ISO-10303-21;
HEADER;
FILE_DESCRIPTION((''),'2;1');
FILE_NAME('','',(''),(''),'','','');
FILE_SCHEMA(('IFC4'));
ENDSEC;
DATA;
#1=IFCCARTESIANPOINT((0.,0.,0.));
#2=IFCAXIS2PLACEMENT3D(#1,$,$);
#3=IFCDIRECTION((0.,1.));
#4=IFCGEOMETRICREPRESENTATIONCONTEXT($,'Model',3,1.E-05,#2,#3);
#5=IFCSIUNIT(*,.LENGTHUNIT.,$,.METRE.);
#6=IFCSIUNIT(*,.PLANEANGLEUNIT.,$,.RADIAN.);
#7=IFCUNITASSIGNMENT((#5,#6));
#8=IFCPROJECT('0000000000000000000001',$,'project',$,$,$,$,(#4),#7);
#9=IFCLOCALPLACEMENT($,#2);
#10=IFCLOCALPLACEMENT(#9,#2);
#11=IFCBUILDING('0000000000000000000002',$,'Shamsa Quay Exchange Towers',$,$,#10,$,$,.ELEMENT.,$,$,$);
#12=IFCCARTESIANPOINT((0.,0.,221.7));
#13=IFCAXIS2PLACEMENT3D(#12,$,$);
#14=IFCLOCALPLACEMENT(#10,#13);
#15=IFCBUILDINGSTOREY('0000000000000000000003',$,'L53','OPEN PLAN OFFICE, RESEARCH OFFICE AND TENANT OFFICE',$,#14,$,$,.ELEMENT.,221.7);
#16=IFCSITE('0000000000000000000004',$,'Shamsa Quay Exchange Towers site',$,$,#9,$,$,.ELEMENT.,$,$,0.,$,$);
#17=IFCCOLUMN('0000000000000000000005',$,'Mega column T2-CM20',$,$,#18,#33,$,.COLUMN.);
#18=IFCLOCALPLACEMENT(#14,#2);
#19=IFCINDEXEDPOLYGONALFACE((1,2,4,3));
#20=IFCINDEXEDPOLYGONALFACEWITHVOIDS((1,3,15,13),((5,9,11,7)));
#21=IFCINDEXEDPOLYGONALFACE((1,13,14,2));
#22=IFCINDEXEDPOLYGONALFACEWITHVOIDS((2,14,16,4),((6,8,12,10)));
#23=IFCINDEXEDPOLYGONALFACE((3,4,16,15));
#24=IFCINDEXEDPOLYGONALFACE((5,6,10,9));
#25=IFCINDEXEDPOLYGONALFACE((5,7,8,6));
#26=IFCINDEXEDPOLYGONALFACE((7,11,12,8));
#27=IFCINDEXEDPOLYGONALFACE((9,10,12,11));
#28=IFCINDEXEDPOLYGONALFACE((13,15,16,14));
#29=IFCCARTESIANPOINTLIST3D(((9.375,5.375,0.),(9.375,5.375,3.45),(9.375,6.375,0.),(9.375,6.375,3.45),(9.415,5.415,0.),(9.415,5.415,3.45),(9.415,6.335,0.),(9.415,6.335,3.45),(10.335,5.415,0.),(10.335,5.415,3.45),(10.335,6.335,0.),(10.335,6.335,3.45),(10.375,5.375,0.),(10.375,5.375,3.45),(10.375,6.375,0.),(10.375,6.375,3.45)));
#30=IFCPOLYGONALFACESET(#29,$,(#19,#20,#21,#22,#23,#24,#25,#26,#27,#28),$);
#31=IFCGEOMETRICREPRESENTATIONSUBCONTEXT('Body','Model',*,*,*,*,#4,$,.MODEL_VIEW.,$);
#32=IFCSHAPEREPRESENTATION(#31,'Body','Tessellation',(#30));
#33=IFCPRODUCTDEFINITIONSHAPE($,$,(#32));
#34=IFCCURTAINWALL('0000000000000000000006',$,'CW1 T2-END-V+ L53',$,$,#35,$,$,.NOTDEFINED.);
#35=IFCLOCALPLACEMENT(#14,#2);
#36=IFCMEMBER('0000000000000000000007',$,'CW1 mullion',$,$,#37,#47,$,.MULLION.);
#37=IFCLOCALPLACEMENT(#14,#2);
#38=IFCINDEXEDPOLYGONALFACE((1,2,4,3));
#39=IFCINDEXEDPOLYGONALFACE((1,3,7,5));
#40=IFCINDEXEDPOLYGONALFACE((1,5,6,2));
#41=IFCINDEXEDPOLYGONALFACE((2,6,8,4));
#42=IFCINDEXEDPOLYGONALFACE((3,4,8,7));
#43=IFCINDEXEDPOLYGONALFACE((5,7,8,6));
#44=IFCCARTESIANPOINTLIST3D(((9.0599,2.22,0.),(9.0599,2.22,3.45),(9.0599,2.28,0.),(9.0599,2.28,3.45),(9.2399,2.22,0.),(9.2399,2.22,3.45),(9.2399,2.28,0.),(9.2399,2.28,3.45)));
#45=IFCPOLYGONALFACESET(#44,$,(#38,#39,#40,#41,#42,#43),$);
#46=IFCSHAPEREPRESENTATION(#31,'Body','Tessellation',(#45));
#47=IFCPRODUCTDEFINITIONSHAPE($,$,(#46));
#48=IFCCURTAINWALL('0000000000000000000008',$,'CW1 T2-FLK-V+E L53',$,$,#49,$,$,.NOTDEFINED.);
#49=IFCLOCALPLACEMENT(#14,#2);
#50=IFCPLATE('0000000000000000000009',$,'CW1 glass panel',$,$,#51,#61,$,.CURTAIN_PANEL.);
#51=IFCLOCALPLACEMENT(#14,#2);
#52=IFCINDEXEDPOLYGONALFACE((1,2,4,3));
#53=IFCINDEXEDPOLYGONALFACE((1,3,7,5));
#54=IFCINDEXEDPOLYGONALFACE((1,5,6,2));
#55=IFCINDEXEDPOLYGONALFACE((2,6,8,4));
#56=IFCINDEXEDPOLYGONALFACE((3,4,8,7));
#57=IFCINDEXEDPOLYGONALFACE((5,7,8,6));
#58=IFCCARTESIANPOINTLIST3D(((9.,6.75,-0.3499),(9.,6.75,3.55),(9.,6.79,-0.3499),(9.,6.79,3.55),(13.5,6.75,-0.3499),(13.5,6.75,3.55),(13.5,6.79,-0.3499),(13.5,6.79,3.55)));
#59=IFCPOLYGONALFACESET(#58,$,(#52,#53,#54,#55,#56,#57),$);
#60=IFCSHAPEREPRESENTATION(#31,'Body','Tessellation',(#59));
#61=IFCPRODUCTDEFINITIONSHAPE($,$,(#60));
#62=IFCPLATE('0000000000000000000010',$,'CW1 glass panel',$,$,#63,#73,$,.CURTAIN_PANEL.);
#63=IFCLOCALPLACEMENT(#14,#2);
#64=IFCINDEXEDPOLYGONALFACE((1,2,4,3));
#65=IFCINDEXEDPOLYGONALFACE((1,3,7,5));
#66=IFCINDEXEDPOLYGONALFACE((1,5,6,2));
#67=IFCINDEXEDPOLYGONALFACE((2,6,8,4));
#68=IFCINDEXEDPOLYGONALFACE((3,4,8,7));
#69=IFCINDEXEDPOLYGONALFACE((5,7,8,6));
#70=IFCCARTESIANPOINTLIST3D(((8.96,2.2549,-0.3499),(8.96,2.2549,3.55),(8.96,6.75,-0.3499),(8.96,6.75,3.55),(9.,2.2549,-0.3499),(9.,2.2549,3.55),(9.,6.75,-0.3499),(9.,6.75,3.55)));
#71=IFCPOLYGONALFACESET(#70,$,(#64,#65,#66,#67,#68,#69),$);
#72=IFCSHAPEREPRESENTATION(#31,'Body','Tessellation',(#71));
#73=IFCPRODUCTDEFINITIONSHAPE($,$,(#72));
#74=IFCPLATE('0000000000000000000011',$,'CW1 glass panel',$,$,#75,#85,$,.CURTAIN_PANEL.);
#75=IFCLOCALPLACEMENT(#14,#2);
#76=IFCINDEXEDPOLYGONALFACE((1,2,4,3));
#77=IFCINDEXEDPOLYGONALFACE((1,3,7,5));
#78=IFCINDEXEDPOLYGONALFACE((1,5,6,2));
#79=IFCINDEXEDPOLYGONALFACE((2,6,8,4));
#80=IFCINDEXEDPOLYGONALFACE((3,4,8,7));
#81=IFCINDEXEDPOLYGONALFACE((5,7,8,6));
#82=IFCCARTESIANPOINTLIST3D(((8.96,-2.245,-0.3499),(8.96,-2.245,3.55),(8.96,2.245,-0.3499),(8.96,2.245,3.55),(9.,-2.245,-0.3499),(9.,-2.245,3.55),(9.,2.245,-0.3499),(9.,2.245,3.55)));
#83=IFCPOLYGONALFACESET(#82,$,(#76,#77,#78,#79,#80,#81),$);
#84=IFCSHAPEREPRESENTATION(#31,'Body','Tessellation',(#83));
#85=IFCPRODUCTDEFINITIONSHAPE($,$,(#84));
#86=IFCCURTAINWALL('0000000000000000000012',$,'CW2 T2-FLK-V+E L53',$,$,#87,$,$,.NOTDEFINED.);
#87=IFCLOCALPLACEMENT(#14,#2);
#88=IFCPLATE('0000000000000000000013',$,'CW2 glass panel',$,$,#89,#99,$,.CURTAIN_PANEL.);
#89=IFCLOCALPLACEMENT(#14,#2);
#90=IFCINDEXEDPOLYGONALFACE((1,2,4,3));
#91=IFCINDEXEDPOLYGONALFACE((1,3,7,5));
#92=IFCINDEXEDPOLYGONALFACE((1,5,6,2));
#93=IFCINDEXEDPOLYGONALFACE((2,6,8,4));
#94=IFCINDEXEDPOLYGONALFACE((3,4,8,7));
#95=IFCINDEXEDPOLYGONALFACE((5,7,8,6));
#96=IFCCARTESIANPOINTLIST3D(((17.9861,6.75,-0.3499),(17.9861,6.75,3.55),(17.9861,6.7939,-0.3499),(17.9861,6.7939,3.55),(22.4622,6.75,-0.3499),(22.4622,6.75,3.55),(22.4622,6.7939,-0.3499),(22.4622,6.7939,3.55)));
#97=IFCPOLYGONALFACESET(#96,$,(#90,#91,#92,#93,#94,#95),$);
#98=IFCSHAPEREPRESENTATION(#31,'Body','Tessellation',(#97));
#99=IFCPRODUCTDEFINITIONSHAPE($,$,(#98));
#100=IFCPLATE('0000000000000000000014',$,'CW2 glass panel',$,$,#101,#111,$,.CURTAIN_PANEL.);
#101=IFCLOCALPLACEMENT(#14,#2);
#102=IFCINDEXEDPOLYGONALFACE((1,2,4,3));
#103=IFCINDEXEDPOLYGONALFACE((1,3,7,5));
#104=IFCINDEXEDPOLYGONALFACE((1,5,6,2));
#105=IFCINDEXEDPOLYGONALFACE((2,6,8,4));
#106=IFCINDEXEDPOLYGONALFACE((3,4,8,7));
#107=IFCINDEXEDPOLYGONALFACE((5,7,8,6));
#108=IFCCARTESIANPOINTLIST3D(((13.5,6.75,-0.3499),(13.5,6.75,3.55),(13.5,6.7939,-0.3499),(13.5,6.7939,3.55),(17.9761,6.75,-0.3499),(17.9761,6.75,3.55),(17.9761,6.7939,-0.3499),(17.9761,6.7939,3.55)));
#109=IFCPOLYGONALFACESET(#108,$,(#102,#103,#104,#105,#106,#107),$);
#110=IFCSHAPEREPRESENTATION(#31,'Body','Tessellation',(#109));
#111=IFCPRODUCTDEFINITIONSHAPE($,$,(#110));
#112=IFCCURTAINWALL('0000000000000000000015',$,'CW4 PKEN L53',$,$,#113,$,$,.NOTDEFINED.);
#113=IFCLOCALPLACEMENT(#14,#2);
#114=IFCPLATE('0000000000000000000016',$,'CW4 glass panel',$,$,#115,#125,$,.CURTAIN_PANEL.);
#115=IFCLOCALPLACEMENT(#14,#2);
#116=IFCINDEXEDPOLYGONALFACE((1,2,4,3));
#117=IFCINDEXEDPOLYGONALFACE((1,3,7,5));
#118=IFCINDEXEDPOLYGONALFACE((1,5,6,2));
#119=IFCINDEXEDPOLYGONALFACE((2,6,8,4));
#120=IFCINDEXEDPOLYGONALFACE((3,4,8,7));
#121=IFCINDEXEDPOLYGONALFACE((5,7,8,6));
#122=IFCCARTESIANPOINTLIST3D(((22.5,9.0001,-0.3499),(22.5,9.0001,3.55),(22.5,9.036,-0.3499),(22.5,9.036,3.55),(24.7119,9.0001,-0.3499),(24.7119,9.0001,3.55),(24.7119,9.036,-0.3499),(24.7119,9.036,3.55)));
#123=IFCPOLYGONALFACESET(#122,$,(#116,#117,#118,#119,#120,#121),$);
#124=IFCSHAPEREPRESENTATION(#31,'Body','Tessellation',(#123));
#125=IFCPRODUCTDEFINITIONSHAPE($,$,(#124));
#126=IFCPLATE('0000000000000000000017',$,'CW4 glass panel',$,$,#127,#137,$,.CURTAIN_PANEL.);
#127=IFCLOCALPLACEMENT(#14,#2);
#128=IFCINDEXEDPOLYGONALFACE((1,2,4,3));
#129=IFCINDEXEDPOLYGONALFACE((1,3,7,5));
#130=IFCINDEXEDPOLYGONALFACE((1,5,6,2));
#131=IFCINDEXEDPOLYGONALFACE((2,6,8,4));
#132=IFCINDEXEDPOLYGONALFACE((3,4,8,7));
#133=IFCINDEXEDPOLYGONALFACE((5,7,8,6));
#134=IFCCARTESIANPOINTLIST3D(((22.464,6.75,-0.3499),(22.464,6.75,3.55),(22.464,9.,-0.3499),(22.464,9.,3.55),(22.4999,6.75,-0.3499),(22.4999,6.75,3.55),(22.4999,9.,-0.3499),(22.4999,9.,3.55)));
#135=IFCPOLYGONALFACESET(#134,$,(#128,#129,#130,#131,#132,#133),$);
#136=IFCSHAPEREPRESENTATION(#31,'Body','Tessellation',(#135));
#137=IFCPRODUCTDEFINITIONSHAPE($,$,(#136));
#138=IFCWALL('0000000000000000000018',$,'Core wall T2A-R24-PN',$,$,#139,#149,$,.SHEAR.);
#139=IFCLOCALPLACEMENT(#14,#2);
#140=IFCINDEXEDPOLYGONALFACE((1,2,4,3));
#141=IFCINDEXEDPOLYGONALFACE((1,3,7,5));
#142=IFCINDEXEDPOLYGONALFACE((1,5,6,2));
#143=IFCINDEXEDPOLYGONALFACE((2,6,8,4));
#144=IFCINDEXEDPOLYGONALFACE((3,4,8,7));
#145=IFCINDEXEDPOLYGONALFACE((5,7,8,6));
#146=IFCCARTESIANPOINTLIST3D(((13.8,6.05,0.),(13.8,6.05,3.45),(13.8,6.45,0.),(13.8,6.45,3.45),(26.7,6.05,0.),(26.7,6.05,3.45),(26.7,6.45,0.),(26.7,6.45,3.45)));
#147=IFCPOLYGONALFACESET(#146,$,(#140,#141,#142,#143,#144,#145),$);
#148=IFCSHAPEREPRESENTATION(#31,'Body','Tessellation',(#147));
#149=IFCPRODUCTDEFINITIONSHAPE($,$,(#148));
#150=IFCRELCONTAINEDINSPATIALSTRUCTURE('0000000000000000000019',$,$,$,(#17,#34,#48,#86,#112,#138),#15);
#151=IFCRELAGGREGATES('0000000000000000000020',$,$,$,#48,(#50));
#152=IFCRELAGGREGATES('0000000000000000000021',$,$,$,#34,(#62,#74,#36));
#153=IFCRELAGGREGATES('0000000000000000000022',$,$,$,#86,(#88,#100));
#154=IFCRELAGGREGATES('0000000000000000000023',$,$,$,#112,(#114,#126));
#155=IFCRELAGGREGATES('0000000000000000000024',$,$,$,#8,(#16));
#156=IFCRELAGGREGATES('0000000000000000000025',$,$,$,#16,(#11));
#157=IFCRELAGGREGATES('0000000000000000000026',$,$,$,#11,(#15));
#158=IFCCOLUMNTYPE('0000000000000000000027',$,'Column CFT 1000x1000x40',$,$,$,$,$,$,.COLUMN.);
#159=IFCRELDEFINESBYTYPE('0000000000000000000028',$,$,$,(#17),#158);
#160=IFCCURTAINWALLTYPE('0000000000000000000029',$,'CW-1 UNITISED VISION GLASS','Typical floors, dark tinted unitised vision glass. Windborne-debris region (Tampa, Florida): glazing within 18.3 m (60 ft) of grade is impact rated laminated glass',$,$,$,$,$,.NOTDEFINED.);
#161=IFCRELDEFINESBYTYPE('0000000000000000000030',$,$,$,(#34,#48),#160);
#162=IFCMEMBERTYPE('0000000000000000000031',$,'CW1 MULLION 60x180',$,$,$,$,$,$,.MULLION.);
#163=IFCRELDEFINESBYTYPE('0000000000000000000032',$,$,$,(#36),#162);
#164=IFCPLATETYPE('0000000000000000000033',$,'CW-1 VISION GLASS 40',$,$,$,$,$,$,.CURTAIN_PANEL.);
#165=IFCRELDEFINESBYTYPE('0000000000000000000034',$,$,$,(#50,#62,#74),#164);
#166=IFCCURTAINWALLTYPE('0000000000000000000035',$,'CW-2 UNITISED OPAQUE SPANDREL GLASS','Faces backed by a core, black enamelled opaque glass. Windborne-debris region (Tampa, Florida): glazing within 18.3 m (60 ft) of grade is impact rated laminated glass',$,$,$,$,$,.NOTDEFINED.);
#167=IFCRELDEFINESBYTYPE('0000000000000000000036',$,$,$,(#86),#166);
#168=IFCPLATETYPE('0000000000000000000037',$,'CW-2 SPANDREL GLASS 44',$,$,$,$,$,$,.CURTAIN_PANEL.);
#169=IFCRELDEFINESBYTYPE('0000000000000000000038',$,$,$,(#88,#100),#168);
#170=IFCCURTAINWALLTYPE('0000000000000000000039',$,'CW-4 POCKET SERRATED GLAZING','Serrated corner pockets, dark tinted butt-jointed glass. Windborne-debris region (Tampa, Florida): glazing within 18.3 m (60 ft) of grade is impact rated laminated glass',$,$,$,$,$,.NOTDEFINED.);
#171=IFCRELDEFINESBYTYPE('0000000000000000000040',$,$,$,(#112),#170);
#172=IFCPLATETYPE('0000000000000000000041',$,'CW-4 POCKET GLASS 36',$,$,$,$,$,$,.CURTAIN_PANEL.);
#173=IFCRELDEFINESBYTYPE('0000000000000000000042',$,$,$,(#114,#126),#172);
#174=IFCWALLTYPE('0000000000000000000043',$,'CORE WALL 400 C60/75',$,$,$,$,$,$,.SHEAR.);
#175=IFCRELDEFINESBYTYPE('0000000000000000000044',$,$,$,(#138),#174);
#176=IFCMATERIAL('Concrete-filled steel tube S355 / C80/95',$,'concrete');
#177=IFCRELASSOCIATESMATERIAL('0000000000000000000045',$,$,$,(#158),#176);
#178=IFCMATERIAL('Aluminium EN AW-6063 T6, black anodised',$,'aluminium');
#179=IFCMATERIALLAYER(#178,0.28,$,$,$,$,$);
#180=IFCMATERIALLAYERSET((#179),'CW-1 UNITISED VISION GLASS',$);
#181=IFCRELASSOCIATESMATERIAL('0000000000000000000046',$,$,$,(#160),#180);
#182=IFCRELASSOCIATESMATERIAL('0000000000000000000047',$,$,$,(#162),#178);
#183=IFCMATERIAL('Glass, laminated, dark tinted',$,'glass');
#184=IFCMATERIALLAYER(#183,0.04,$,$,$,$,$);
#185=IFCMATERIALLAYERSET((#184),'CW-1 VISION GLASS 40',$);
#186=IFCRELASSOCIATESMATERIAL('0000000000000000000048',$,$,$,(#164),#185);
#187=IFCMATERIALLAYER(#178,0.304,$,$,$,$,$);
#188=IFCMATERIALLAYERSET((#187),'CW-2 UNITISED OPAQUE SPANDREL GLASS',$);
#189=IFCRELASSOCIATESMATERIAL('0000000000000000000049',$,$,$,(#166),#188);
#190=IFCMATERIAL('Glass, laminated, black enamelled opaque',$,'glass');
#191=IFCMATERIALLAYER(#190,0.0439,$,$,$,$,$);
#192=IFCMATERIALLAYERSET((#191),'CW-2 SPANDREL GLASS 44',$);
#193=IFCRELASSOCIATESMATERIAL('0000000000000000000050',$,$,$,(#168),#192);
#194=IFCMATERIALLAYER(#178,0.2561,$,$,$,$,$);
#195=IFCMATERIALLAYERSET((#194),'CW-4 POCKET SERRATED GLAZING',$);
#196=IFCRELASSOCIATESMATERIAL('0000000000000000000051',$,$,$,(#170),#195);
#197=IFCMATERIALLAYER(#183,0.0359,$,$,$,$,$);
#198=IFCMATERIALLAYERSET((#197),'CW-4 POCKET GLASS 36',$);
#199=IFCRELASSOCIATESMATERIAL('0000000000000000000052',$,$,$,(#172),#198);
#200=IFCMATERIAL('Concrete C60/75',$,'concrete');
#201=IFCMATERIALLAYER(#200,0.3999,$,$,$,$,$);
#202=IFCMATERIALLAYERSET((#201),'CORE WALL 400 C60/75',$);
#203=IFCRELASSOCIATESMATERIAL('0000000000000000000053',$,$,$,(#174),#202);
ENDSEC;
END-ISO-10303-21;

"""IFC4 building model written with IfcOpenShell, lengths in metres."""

from ifc_helpers import new_model, si_unit, direction, frame, frame_2d, origin, origin_2d, place, context, subcontext, project, spatial, rectangle, hollow_rectangle, extrude, material, layer, layer_set, material_profile, profile_set, type_object, element, aggregate, save


model = new_model("IFC4")

# Units and contexts
model_context = context("Model", 3, precision=1e-05, world=origin(), true_north=direction((0.0, 1.0)))
body_context = subcontext(model_context, "Body", "Model", "MODEL_VIEW")
ifc_project = project(units=[si_unit("LENGTHUNIT", "METRE"), si_unit("PLANEANGLEUNIT", "RADIAN")], contexts=[model_context])

# Site, building, storey
site_placement = place(None, origin())
site = spatial("IfcSite", under=ifc_project, at=site_placement, Name="Shamsa Quay Exchange Towers site", CompositionType="ELEMENT", RefElevation=0.0)
building_placement = place(site_placement, origin())
building = spatial("IfcBuilding", under=site, at=building_placement, Name="Shamsa Quay Exchange Towers", CompositionType="ELEMENT")
storey_placement = place(building_placement, frame((0.0, 0.0, 221.7)))
storey = spatial("IfcBuildingStorey", under=building, at=storey_placement, Name="L53", Description="OPEN PLAN OFFICE, RESEARCH OFFICE AND TENANT OFFICE", CompositionType="ELEMENT", Elevation=221.7)

# Column
ifc_material_1 = material(Name="Concrete-filled steel tube S355 / C80/95", Category="concrete")
ifc_material_profile_1 = material_profile(ifc_material_1, hollow_rectangle(XDim=1.0, YDim=1.0, WallThickness=0.04, at=origin_2d()), Name="CFT 1000x1000x40")
ifc_profile_set_1 = profile_set([ifc_material_profile_1], Name="Concrete-filled steel tube S355 / C80/95")
column_type = type_object("IfcColumnType", Name="Column CFT 1000x1000x40", PredefinedType="COLUMN", material=ifc_profile_set_1)
column_placement = place(storey_placement, frame((9.875, 5.875, 0.0)))
element("IfcColumn", 1, at=column_placement, inside=storey, type_object=column_type, Name="Mega column T2-CM20", PredefinedType="COLUMN", context=body_context, shape_type="SweptSolid", body=[
    extrude(hollow_rectangle(XDim=1.0, YDim=1.0, WallThickness=0.04, at=origin_2d()), origin(), (0.0, 0.0, 1.0), 3.45),
])

# Curtain wall, member
ifc_material_2 = material(Name="Aluminium EN AW-6063 T6, black anodised", Category="aluminium")
ifc_layer_1 = layer(ifc_material_2, 0.28)
ifc_layer_set_1 = layer_set([ifc_layer_1], Name="CW-1 UNITISED VISION GLASS")
curtain_wall_type_1 = type_object("IfcCurtainWallType", Name="CW-1 UNITISED VISION GLASS", Description="Typical floors, dark tinted unitised vision glass. Windborne-debris region (Tampa, Florida): glazing within 18.3 m (60 ft) of grade is impact rated laminated glass", PredefinedType="NOTDEFINED", material=ifc_layer_set_1)
curtain_wall_1_placement = place(storey_placement, origin())
curtain_wall_1 = element("IfcCurtainWall", 2, at=curtain_wall_1_placement, inside=storey, type_object=curtain_wall_type_1, Name="CW1 T2-END-V+ L53", PredefinedType="NOTDEFINED")
ifc_material_profile_2 = material_profile(ifc_material_2, rectangle(XDim=0.1799, YDim=0.0601, at=origin_2d()), Name="MU60x180")
ifc_profile_set_2 = profile_set([ifc_material_profile_2], Name="Aluminium EN AW-6063 T6, black anodised")
member_type = type_object("IfcMemberType", Name="CW1 MULLION 60x180", PredefinedType="MULLION", material=ifc_profile_set_2)
member_placement = place(storey_placement, frame((9.1499, 2.25, 0.0)))
member = element("IfcMember", 3, at=member_placement, type_object=member_type, Name="CW1 mullion", PredefinedType="MULLION", context=body_context, shape_type="SweptSolid", body=[
    extrude(rectangle(XDim=0.1799, YDim=0.0601, at=origin_2d()), origin(), (0.0, 0.0, 1.0), 3.45),
])

# Curtain wall, plate
curtain_wall_2_placement = place(storey_placement, origin())
curtain_wall_2 = element("IfcCurtainWall", 4, at=curtain_wall_2_placement, inside=storey, type_object=curtain_wall_type_1, Name="CW1 T2-FLK-V+E L53", PredefinedType="NOTDEFINED")
ifc_material_3 = material(Name="Glass, laminated, dark tinted", Category="glass")
ifc_layer_2 = layer(ifc_material_3, 0.04)
ifc_layer_set_2 = layer_set([ifc_layer_2], Name="CW-1 VISION GLASS 40")
plate_type_1 = type_object("IfcPlateType", Name="CW-1 VISION GLASS 40", PredefinedType="CURTAIN_PANEL", material=ifc_layer_set_2)
plate_1_placement = place(storey_placement, frame((11.25, 6.77, -0.3499), z_axis=(0.0, 0.0, 1.0), x_axis=(-1.0, 0.0, 0.0)))
plate_1 = element("IfcPlate", 5, at=plate_1_placement, type_object=plate_type_1, Name="CW1 glass panel", PredefinedType="CURTAIN_PANEL", context=body_context, shape_type="SweptSolid", body=[
    extrude(rectangle(XDim=4.5, YDim=0.04, at=origin_2d()), origin(), (0.0, 0.0, 1.0), 3.8999),
])
aggregate(curtain_wall_2, [plate_1])

# Plates
plate_2_placement = place(storey_placement, frame((8.98, 4.5024, -0.3499), z_axis=(0.0, 0.0, 1.0), x_axis=(0.0, -1.0, 0.0)))
plate_2 = element("IfcPlate", 6, at=plate_2_placement, type_object=plate_type_1, Name="CW1 glass panel", PredefinedType="CURTAIN_PANEL", context=body_context, shape_type="SweptSolid", body=[
    extrude(rectangle(XDim=4.4951, YDim=0.04, at=origin_2d()), origin(), (0.0, 0.0, 1.0), 3.8999),
])
plate_3_placement = place(storey_placement, frame((8.98, 0.0, -0.3499), z_axis=(0.0, 0.0, 1.0), x_axis=(0.0, -1.0, 0.0)))
plate_3 = element("IfcPlate", 7, at=plate_3_placement, type_object=plate_type_1, Name="CW1 glass panel", PredefinedType="CURTAIN_PANEL", context=body_context, shape_type="SweptSolid", body=[
    extrude(rectangle(XDim=4.49, YDim=0.04, at=origin_2d()), origin(), (0.0, 0.0, 1.0), 3.8999),
])
aggregate(curtain_wall_1, [plate_2, plate_3, member])

# Curtain walls, plates
ifc_layer_3 = layer(ifc_material_2, 0.304)
ifc_layer_set_3 = layer_set([ifc_layer_3], Name="CW-2 UNITISED OPAQUE SPANDREL GLASS")
curtain_wall_type_2 = type_object("IfcCurtainWallType", Name="CW-2 UNITISED OPAQUE SPANDREL GLASS", Description="Faces backed by a core, black enamelled opaque glass. Windborne-debris region (Tampa, Florida): glazing within 18.3 m (60 ft) of grade is impact rated laminated glass", PredefinedType="NOTDEFINED", material=ifc_layer_set_3)
curtain_wall_3_placement = place(storey_placement, origin())
curtain_wall_3 = element("IfcCurtainWall", 8, at=curtain_wall_3_placement, inside=storey, type_object=curtain_wall_type_2, Name="CW2 T2-FLK-V+E L53", PredefinedType="NOTDEFINED")
ifc_material_4 = material(Name="Glass, laminated, black enamelled opaque", Category="glass")
ifc_layer_4 = layer(ifc_material_4, 0.0439)
ifc_layer_set_4 = layer_set([ifc_layer_4], Name="CW-2 SPANDREL GLASS 44")
plate_type_2 = type_object("IfcPlateType", Name="CW-2 SPANDREL GLASS 44", PredefinedType="CURTAIN_PANEL", material=ifc_layer_set_4)
plate_4_placement = place(storey_placement, frame((20.2241, 6.772, -0.3499), z_axis=(0.0, 0.0, 1.0), x_axis=(-1.0, 0.0, 0.0)))
plate_4 = element("IfcPlate", 9, at=plate_4_placement, type_object=plate_type_2, Name="CW2 glass panel", PredefinedType="CURTAIN_PANEL", context=body_context, shape_type="SweptSolid", body=[
    extrude(rectangle(XDim=4.4761, YDim=0.0439, at=origin_2d()), origin(), (0.0, 0.0, 1.0), 3.8999),
])
plate_5_placement = place(storey_placement, frame((15.738, 6.772, -0.3499), z_axis=(0.0, 0.0, 1.0), x_axis=(-1.0, 0.0, 0.0)))
plate_5 = element("IfcPlate", 10, at=plate_5_placement, type_object=plate_type_2, Name="CW2 glass panel", PredefinedType="CURTAIN_PANEL", context=body_context, shape_type="SweptSolid", body=[
    extrude(rectangle(XDim=4.4761, YDim=0.0439, at=origin_2d()), origin(), (0.0, 0.0, 1.0), 3.8999),
])
aggregate(curtain_wall_3, [plate_4, plate_5])
ifc_layer_5 = layer(ifc_material_2, 0.2561)
ifc_layer_set_5 = layer_set([ifc_layer_5], Name="CW-4 POCKET SERRATED GLAZING")
curtain_wall_type_3 = type_object("IfcCurtainWallType", Name="CW-4 POCKET SERRATED GLAZING", Description="Serrated corner pockets, dark tinted butt-jointed glass. Windborne-debris region (Tampa, Florida): glazing within 18.3 m (60 ft) of grade is impact rated laminated glass", PredefinedType="NOTDEFINED", material=ifc_layer_set_5)
curtain_wall_4_placement = place(storey_placement, origin())
curtain_wall_4 = element("IfcCurtainWall", 11, at=curtain_wall_4_placement, inside=storey, type_object=curtain_wall_type_3, Name="CW4 PKEN L53", PredefinedType="NOTDEFINED")
ifc_layer_6 = layer(ifc_material_3, 0.0359)
ifc_layer_set_6 = layer_set([ifc_layer_6], Name="CW-4 POCKET GLASS 36")
plate_type_3 = type_object("IfcPlateType", Name="CW-4 POCKET GLASS 36", PredefinedType="CURTAIN_PANEL", material=ifc_layer_set_6)
plate_6_placement = place(storey_placement, frame((23.606, 9.0181, -0.3499), z_axis=(0.0, 0.0, 1.0), x_axis=(-1.0, 0.0, 0.0)))
plate_6 = element("IfcPlate", 12, at=plate_6_placement, type_object=plate_type_3, Name="CW4 glass panel", PredefinedType="CURTAIN_PANEL", context=body_context, shape_type="SweptSolid", body=[
    extrude(rectangle(XDim=2.2119, YDim=0.0359, at=origin_2d()), origin(), (0.0, 0.0, 1.0), 3.8999),
])
plate_7_placement = place(storey_placement, frame((22.4819, 7.875, -0.3499), z_axis=(0.0, 0.0, 1.0), x_axis=(0.0, -1.0, 0.0)))
plate_7 = element("IfcPlate", 13, at=plate_7_placement, type_object=plate_type_3, Name="CW4 glass panel", PredefinedType="CURTAIN_PANEL", context=body_context, shape_type="SweptSolid", body=[
    extrude(rectangle(XDim=2.25, YDim=0.0359, at=origin_2d()), origin(), (0.0, 0.0, 1.0), 3.8999),
])
aggregate(curtain_wall_4, [plate_6, plate_7])

# Wall
ifc_material_5 = material(Name="Concrete C60/75", Category="concrete")
ifc_layer_7 = layer(ifc_material_5, 0.3999)
ifc_layer_set_7 = layer_set([ifc_layer_7], Name="CORE WALL 400 C60/75")
wall_type_1 = type_object("IfcWallType", Name="CORE WALL 400 C60/75", PredefinedType="SHEAR", material=ifc_layer_set_7)
wall_1_placement = place(storey_placement, frame((13.8, 6.25, 0.0)))
element("IfcWall", 14, at=wall_1_placement, inside=storey, type_object=wall_type_1, Name="Core wall T2A-R24-PN", PredefinedType="SHEAR", context=body_context, shape_type="SweptSolid", body=[
    extrude(rectangle(XDim=12.8999, YDim=0.3999, at=frame_2d((6.45, 0.0))), origin(), (0.0, 0.0, 1.0), 3.45),
])

save(model, "model.ifc")
